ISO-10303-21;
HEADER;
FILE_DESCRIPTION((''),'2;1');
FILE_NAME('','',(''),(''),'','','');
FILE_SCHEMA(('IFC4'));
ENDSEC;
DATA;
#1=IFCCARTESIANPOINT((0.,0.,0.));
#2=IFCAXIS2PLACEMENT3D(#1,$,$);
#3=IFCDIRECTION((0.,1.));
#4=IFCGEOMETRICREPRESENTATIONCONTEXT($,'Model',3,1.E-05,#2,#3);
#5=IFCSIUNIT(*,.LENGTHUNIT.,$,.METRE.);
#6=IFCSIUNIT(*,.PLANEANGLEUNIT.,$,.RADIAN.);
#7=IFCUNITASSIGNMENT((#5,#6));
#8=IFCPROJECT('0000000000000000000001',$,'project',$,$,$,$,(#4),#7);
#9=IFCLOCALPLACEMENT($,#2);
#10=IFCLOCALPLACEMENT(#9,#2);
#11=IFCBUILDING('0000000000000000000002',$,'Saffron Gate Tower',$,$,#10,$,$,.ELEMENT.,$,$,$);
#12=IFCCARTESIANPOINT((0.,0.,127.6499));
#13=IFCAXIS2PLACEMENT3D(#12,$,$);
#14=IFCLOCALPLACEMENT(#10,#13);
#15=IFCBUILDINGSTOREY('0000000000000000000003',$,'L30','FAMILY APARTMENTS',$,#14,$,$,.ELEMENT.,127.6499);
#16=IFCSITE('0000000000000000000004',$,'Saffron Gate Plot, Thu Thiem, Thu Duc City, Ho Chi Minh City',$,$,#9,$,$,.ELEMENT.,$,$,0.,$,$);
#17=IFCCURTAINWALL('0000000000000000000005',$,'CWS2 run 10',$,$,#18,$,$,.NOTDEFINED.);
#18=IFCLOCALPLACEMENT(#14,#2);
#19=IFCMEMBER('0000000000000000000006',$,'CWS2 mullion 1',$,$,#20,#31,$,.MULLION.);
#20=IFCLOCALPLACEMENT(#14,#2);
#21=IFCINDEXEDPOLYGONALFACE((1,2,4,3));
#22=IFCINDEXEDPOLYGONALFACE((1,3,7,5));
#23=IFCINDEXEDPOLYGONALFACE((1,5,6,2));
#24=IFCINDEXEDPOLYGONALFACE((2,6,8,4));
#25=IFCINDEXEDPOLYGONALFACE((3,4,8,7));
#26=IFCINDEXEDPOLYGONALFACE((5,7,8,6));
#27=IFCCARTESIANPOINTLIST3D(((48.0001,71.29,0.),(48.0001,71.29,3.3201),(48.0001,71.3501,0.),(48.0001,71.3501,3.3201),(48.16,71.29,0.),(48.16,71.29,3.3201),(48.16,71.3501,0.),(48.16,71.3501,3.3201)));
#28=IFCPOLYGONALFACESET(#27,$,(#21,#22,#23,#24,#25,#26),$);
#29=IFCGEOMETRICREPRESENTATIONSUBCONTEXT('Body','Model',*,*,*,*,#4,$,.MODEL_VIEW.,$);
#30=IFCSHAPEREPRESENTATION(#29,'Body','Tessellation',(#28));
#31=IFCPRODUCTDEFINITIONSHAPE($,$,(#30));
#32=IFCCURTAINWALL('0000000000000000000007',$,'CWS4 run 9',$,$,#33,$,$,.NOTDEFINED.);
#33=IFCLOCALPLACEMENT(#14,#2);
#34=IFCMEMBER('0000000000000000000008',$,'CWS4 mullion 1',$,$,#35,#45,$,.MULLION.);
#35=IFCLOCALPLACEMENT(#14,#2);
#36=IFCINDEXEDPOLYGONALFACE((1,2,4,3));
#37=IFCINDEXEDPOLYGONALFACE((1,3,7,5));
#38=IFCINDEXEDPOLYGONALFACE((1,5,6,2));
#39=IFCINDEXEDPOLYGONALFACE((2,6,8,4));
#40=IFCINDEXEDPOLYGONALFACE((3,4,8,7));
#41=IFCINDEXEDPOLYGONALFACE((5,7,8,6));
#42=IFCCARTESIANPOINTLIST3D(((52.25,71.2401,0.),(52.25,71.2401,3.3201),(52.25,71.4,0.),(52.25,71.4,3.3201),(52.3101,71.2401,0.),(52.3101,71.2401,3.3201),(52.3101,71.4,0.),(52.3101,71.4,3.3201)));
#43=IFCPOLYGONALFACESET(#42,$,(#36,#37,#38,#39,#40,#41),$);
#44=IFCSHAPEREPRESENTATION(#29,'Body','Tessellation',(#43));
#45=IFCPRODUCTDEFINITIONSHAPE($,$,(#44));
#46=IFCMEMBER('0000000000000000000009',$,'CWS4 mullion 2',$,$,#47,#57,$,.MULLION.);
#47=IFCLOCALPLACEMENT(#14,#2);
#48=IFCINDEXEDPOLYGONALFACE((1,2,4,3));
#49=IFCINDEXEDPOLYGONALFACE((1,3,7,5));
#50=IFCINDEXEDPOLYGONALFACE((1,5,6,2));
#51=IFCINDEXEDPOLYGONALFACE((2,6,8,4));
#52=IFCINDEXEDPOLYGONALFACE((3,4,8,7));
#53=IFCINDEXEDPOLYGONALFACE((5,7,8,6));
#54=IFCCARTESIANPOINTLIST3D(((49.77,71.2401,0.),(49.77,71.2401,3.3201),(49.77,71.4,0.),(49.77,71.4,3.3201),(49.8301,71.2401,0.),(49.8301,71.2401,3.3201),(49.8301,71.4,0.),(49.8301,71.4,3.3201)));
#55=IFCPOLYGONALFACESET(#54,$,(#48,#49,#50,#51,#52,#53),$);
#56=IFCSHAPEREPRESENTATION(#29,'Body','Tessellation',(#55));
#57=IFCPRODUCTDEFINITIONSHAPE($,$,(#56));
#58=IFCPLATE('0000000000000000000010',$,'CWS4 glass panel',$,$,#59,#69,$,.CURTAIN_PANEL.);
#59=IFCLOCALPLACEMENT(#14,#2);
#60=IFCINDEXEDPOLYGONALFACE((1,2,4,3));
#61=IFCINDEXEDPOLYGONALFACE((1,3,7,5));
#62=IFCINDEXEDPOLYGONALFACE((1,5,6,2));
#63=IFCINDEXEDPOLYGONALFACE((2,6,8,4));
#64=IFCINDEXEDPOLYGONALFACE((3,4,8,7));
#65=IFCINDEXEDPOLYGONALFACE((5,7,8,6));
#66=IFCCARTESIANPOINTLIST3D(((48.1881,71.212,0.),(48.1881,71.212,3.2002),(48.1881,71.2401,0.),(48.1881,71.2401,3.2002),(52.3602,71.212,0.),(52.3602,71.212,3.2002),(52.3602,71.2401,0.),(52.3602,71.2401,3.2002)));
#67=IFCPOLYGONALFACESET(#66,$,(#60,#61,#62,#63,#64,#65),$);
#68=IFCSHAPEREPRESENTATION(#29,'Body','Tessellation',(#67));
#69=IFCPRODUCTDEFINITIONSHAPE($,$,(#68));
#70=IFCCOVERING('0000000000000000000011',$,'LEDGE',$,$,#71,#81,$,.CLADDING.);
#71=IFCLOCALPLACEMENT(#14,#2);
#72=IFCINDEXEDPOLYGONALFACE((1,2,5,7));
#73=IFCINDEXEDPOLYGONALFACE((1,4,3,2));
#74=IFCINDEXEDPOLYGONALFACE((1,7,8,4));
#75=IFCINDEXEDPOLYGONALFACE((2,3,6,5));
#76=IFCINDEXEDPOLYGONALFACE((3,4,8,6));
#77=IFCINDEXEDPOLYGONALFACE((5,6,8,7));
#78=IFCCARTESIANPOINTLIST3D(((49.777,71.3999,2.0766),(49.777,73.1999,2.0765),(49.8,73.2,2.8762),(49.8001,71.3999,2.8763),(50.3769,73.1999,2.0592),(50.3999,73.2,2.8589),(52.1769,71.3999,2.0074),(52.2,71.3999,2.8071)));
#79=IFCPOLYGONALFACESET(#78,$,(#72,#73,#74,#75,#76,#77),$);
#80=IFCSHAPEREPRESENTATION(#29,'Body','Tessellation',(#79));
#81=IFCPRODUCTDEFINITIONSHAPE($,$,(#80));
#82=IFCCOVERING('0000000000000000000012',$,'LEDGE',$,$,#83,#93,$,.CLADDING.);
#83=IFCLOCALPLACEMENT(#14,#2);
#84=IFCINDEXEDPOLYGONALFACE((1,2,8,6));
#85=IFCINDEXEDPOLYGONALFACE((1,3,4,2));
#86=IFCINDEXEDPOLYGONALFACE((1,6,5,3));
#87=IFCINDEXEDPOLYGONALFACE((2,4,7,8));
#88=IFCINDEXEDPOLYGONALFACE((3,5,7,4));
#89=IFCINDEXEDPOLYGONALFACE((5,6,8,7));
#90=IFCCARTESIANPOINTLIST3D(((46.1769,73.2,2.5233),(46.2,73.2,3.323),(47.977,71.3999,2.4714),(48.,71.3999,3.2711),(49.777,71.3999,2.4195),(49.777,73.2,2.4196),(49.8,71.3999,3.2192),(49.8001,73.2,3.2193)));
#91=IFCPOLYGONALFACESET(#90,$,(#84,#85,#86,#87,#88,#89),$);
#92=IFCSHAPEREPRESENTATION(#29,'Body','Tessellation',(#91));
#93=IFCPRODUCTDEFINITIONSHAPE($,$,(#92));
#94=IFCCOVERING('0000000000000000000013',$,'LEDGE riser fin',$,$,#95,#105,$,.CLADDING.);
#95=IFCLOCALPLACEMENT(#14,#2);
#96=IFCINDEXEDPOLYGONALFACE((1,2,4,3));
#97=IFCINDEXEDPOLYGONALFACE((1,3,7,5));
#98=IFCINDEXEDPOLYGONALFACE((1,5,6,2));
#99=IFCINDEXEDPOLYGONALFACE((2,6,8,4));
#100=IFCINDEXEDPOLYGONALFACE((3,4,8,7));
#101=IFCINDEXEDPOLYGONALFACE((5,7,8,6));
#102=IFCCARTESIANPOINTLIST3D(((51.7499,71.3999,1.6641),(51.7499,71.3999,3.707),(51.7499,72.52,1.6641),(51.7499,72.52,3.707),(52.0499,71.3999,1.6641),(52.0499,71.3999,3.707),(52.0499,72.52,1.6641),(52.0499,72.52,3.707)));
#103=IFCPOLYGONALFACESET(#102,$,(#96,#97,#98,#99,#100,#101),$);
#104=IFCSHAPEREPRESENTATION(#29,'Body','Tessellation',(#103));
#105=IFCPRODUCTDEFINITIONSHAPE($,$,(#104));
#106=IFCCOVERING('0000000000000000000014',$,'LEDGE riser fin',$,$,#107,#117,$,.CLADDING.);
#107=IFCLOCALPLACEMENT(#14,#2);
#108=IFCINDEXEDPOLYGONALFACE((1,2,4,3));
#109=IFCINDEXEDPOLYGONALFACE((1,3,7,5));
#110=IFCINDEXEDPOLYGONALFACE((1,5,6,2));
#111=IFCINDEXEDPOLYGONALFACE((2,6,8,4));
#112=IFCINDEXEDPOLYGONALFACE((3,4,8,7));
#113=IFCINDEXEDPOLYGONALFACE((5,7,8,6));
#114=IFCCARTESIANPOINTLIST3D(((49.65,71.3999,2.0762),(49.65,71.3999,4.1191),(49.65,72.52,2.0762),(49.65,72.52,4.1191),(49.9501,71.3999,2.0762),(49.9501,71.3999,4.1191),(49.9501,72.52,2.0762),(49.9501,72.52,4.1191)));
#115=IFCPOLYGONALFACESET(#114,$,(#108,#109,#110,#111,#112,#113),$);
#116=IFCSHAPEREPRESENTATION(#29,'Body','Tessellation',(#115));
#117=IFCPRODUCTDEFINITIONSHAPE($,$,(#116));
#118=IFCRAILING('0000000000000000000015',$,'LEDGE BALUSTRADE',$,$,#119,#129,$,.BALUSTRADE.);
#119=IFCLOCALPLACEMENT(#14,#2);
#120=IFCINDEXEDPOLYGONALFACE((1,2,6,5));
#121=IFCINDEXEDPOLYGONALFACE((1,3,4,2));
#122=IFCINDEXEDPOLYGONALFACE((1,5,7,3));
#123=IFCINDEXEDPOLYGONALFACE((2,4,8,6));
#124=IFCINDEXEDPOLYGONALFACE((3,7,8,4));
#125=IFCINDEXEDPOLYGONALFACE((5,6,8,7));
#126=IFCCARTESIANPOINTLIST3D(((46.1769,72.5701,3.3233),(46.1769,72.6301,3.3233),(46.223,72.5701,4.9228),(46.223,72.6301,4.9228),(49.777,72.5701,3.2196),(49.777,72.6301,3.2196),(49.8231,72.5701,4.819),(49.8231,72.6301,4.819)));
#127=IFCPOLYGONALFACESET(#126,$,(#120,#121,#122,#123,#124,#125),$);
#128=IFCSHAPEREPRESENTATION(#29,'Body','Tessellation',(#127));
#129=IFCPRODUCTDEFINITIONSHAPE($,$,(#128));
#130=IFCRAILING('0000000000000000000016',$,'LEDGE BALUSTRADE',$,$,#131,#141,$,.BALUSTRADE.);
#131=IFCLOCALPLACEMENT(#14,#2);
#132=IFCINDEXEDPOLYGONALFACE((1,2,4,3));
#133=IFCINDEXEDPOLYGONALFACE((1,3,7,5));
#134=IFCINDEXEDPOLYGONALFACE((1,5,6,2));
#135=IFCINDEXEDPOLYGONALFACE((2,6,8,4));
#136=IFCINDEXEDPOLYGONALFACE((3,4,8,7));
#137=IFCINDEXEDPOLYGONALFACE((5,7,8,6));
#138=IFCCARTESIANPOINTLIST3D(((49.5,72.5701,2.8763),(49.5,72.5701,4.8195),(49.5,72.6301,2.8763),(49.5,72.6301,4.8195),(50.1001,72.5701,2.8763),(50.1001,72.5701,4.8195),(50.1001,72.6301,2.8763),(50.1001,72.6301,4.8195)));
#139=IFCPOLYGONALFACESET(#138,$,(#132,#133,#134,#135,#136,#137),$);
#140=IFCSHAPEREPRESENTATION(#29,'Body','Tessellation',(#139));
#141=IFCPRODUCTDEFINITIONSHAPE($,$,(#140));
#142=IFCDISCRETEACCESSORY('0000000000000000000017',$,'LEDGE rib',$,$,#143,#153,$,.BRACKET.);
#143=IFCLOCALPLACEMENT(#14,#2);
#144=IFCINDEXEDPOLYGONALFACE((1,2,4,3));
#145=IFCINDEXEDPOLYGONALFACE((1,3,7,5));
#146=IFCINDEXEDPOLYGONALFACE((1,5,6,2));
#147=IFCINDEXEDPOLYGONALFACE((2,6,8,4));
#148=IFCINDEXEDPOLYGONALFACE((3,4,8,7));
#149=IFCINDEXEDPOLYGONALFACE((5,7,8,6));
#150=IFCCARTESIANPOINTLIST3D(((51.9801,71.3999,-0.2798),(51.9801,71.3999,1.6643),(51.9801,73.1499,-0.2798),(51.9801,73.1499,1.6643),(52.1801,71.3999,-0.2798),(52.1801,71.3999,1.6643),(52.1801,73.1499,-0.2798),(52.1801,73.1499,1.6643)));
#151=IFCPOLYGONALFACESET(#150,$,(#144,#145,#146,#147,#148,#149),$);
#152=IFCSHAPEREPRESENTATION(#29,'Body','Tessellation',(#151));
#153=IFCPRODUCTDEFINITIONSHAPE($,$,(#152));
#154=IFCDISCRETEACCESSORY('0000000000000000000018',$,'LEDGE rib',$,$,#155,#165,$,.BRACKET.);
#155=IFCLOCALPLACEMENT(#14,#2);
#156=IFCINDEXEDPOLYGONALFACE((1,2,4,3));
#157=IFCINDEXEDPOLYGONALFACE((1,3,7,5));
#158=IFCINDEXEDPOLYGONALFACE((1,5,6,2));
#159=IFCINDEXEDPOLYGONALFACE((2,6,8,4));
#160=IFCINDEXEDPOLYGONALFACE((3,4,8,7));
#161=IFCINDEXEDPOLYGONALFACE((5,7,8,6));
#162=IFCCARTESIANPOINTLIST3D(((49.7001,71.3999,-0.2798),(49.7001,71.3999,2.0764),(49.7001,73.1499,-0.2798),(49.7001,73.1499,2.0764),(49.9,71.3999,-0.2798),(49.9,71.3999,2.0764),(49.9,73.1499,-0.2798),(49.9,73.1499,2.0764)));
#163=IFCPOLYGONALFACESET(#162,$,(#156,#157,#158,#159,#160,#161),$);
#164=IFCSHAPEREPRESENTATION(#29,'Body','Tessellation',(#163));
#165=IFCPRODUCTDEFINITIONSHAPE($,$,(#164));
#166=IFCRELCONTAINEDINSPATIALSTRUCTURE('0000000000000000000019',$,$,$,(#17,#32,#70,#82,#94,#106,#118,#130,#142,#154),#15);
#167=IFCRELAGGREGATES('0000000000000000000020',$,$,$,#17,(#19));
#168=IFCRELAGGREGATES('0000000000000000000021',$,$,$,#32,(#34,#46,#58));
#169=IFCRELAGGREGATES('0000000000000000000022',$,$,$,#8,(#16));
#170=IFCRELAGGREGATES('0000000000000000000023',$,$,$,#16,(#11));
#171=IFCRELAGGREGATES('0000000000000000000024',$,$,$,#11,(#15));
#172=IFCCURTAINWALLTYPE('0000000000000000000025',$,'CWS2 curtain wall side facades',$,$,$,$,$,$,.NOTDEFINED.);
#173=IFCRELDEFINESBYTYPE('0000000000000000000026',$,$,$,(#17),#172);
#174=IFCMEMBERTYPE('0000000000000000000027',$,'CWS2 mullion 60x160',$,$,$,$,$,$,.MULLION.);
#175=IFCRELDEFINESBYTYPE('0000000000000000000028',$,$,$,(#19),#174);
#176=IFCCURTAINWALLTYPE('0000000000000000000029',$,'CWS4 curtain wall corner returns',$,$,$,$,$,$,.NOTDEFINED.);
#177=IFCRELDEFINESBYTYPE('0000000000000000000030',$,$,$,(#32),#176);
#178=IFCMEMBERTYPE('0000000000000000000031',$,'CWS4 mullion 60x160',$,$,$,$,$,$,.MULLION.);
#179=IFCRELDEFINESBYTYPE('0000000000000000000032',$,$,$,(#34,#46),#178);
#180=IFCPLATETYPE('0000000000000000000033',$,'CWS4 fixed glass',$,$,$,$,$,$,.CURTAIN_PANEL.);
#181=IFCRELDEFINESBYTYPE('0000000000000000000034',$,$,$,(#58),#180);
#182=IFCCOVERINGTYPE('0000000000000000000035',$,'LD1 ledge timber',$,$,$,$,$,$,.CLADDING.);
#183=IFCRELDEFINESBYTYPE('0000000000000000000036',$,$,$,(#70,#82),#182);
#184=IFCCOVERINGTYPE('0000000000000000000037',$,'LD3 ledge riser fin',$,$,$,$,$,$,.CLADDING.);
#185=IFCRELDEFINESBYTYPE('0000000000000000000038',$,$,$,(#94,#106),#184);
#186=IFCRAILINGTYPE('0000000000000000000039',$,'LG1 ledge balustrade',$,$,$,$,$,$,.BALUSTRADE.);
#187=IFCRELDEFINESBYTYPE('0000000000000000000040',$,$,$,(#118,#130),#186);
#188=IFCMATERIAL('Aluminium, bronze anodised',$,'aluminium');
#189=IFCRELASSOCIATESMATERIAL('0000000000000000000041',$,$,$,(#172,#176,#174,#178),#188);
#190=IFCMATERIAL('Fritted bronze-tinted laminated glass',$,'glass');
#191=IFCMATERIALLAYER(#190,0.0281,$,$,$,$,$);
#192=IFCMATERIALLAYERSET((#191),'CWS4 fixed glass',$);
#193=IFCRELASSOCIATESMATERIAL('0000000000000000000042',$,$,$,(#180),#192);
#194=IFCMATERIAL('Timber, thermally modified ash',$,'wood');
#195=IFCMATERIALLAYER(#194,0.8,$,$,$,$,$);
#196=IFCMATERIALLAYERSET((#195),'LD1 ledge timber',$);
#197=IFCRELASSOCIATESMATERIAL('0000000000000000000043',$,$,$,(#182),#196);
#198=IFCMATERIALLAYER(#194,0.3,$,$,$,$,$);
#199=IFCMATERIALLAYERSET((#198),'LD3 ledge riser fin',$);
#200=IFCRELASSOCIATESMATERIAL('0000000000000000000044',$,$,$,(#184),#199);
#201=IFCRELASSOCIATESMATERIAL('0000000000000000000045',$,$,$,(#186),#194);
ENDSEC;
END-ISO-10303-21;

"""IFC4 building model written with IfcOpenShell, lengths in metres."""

from ifc_helpers import new_model, si_unit, direction, frame, frame_2d, origin, origin_2d, place, context, subcontext, project, spatial, polyline, rectangle, outline, extrude, material, layer, layer_set, material_profile, profile_set, type_object, element, aggregate, save


model = new_model("IFC4")

# Units and contexts
model_context = context("Model", 3, precision=1e-05, world=origin(), true_north=direction((0.0, 1.0)))
body_context = subcontext(model_context, "Body", "Model", "MODEL_VIEW")
ifc_project = project(units=[si_unit("LENGTHUNIT", "METRE"), si_unit("PLANEANGLEUNIT", "RADIAN")], contexts=[model_context])

# Site, building, storey
site_placement = place(None, origin())
site = spatial("IfcSite", under=ifc_project, at=site_placement, Name="Saffron Gate Plot, Thu Thiem, Thu Duc City, Ho Chi Minh City", CompositionType="ELEMENT", RefElevation=0.0)
building_placement = place(site_placement, origin())
building = spatial("IfcBuilding", under=site, at=building_placement, Name="Saffron Gate Tower", CompositionType="ELEMENT")
storey_placement = place(building_placement, frame((0.0, 0.0, 127.6499)))
storey = spatial("IfcBuildingStorey", under=building, at=storey_placement, Name="L30", Description="FAMILY APARTMENTS", CompositionType="ELEMENT", Elevation=127.6499)

# Curtain wall, member
ifc_material_1 = material(Name="Aluminium, bronze anodised", Category="aluminium")
curtain_wall_type_1 = type_object("IfcCurtainWallType", Name="CWS2 curtain wall side facades", PredefinedType="NOTDEFINED", material=ifc_material_1)
curtain_wall_1_placement = place(storey_placement, origin())
curtain_wall_1 = element("IfcCurtainWall", 1, at=curtain_wall_1_placement, inside=storey, type_object=curtain_wall_type_1, Name="CWS2 run 10", PredefinedType="NOTDEFINED")
ifc_material_profile_1 = material_profile(ifc_material_1, rectangle(XDim=0.1599, YDim=0.0601, at=origin_2d()))
ifc_profile_set_1 = profile_set([ifc_material_profile_1], Name="Aluminium, bronze anodised")
member_type_1 = type_object("IfcMemberType", Name="CWS2 mullion 60x160", PredefinedType="MULLION", material=ifc_profile_set_1)
member_1_placement = place(storey_placement, frame((48.0801, 71.3201, 0.0), z_axis=(0.0, 0.0, 1.0), x_axis=(1.0, 0.0, 0.0)))
member_1 = element("IfcMember", 2, at=member_1_placement, type_object=member_type_1, Name="CWS2 mullion 1", PredefinedType="MULLION", context=body_context, shape_type="SweptSolid", body=[
    extrude(rectangle(XDim=0.1599, YDim=0.0601, at=origin_2d()), origin(), (0.0, 0.0, 1.0), 3.3201),
])
aggregate(curtain_wall_1, [member_1])

# Curtain wall, members, plate
curtain_wall_type_2 = type_object("IfcCurtainWallType", Name="CWS4 curtain wall corner returns", PredefinedType="NOTDEFINED", material=ifc_material_1)
curtain_wall_2_placement = place(storey_placement, origin())
curtain_wall_2 = element("IfcCurtainWall", 3, at=curtain_wall_2_placement, inside=storey, type_object=curtain_wall_type_2, Name="CWS4 run 9", PredefinedType="NOTDEFINED")
ifc_material_profile_2 = material_profile(ifc_material_1, rectangle(XDim=0.1599, YDim=0.0601, at=origin_2d()))
ifc_profile_set_2 = profile_set([ifc_material_profile_2], Name="Aluminium, bronze anodised")
member_type_2 = type_object("IfcMemberType", Name="CWS4 mullion 60x160", PredefinedType="MULLION", material=ifc_profile_set_2)
member_2_placement = place(storey_placement, frame((52.28, 71.3201, 0.0), z_axis=(0.0, 0.0, 1.0), x_axis=(0.0, -1.0, 0.0)))
member_2 = element("IfcMember", 4, at=member_2_placement, type_object=member_type_2, Name="CWS4 mullion 1", PredefinedType="MULLION", context=body_context, shape_type="SweptSolid", body=[
    extrude(rectangle(XDim=0.1599, YDim=0.0601, at=origin_2d()), origin(), (0.0, 0.0, 1.0), 3.3201),
])
member_3_placement = place(storey_placement, frame((49.8, 71.3201, 0.0), z_axis=(0.0, 0.0, 1.0), x_axis=(0.0, -1.0, 0.0)))
member_3 = element("IfcMember", 5, at=member_3_placement, type_object=member_type_2, Name="CWS4 mullion 2", PredefinedType="MULLION", context=body_context, shape_type="SweptSolid", body=[
    extrude(rectangle(XDim=0.1599, YDim=0.0601, at=origin_2d()), origin(), (0.0, 0.0, 1.0), 3.3201),
])
ifc_material_2 = material(Name="Fritted bronze-tinted laminated glass", Category="glass")
ifc_layer_1 = layer(ifc_material_2, 0.0281)
ifc_layer_set_1 = layer_set([ifc_layer_1], Name="CWS4 fixed glass")
plate_type = type_object("IfcPlateType", Name="CWS4 fixed glass", PredefinedType="CURTAIN_PANEL", material=ifc_layer_set_1)
plate_placement = place(storey_placement, frame((52.3601, 71.2261, 0.0), z_axis=(0.0, 0.0, 1.0), x_axis=(-1.0, 0.0, 0.0)))
plate = element("IfcPlate", 6, at=plate_placement, type_object=plate_type, Name="CWS4 glass panel", PredefinedType="CURTAIN_PANEL", context=body_context, shape_type="SweptSolid", body=[
    extrude(rectangle(XDim=4.1721, YDim=0.0281, at=frame_2d((2.0859, 0.0))), origin(), (0.0, 0.0, 1.0), 3.2002),
])
aggregate(curtain_wall_2, [member_2, member_3, plate])

# Coverings
ifc_material_3 = material(Name="Timber, thermally modified ash", Category="wood")
ifc_layer_2 = layer(ifc_material_3, 0.8)
ifc_layer_set_2 = layer_set([ifc_layer_2], Name="LD1 ledge timber")
covering_type_1 = type_object("IfcCoveringType", Name="LD1 ledge timber", PredefinedType="CLADDING", material=ifc_layer_set_2)
covering_1_placement = place(storey_placement, frame((52.2, 71.3999, 2.8071), z_axis=(0.028799, 0.000029, 0.999585), x_axis=(-0.999585, 0.0, 0.028799)))
element("IfcCovering", 7, at=covering_1_placement, inside=storey, type_object=covering_type_1, Name="LEDGE", PredefinedType="CLADDING", context=body_context, shape_type="SweptSolid", body=[
    extrude(outline(polyline([(0.0, 0.0), (2.4009, 0.0), (2.4009, -1.8), (1.8008, -1.8), (0.0, 0.0)])), origin(), (0.0, 0.0, -1.0), 0.8),
])
covering_2_placement = place(storey_placement, frame((49.8, 71.3999, 3.2192), z_axis=(0.028787, -0.000045, 0.999586), x_axis=(-0.999586, 0.0, 0.028787)))
element("IfcCovering", 8, at=covering_2_placement, inside=storey, type_object=covering_type_1, Name="LEDGE", PredefinedType="CLADDING", context=body_context, shape_type="SweptSolid", body=[
    extrude(outline(polyline([(0.0, 0.0), (1.8008, 0.0), (3.6016, -1.8), (0.0, -1.8), (0.0, 0.0)])), origin(), (0.0, 0.0, -1.0), 0.8),
])
ifc_layer_3 = layer(ifc_material_3, 0.3)
ifc_layer_set_3 = layer_set([ifc_layer_3], Name="LD3 ledge riser fin")
covering_type_2 = type_object("IfcCoveringType", Name="LD3 ledge riser fin", PredefinedType="CLADDING", material=ifc_layer_set_3)
for number, where, z_axis, x_axis, name in (
    (9, (51.8999, 71.96, 1.6641), (0.0, 0.0, 1.0), (-1.0, 0.0, 0.0), "LEDGE riser fin"),
    (10, (49.8, 71.96, 2.0762), (0.0, 0.0, 1.0), (-1.0, 0.0, 0.0), "LEDGE riser fin"),
):
    element("IfcCovering", number, at=place(storey_placement, frame(where, z_axis=z_axis, x_axis=x_axis)), inside=storey, type_object=covering_type_2, Name=name, PredefinedType="CLADDING", context=body_context, shape_type="SweptSolid", body=[
        extrude(rectangle(XDim=0.3, YDim=1.1201, at=origin_2d()), origin(), (0.0, 0.0, 1.0), 2.043),
    ])

# Railings
railing_type = type_object("IfcRailingType", Name="LG1 ledge balustrade", PredefinedType="BALUSTRADE", material=ifc_material_3)
railing_1_placement = place(storey_placement, frame((49.8, 72.6001, 3.2192)))
element("IfcRailing", 11, at=railing_1_placement, inside=storey, type_object=railing_type, Name="LEDGE BALUSTRADE", PredefinedType="BALUSTRADE", context=body_context, shape_type="SweptSolid", body=[
    extrude(rectangle(XDim=0.0601, YDim=1.6001, at=origin_2d()), frame((0.0, 0.0, 0.8), z_axis=(-0.999585, 0.0, 0.028809), x_axis=(0.0, -1.0, 0.0)), (0.0, 0.0, 1.0), 3.6016),
])
railing_2_placement = place(storey_placement, frame((50.1001, 72.6001, 2.8762)))
element("IfcRailing", 12, at=railing_2_placement, inside=storey, type_object=railing_type, Name="LEDGE BALUSTRADE", PredefinedType="BALUSTRADE", context=body_context, shape_type="SweptSolid", body=[
    extrude(rectangle(XDim=0.0601, YDim=1.9431, at=origin_2d()), frame((0.0, 0.0, 0.9717), z_axis=(-1.0, 0.0, 0.0), x_axis=(0.0, -1.0, 0.0)), (0.0, 0.0, 1.0), 0.6001),
])

# Discrete accessories
discrete_accessory_1_placement = place(storey_placement, frame((52.0801, 72.2749, -0.2798), z_axis=(0.0, 0.0, 1.0), x_axis=(-1.0, 0.0, 0.0)))
element("IfcDiscreteAccessory", 13, at=discrete_accessory_1_placement, inside=storey, Name="LEDGE rib", PredefinedType="BRACKET", context=body_context, shape_type="SweptSolid", body=[
    extrude(rectangle(XDim=0.2, YDim=1.75, at=origin_2d()), origin(), (0.0, 0.0, 1.0), 1.9441),
])
discrete_accessory_2_placement = place(storey_placement, frame((49.8, 72.2749, -0.2798), z_axis=(0.0, 0.0, 1.0), x_axis=(-1.0, 0.0, 0.0)))
element("IfcDiscreteAccessory", 14, at=discrete_accessory_2_placement, inside=storey, Name="LEDGE rib", PredefinedType="BRACKET", context=body_context, shape_type="SweptSolid", body=[
    extrude(rectangle(XDim=0.2, YDim=1.75, at=origin_2d()), origin(), (0.0, 0.0, 1.0), 2.3562),
])

save(model, "model.ifc")
